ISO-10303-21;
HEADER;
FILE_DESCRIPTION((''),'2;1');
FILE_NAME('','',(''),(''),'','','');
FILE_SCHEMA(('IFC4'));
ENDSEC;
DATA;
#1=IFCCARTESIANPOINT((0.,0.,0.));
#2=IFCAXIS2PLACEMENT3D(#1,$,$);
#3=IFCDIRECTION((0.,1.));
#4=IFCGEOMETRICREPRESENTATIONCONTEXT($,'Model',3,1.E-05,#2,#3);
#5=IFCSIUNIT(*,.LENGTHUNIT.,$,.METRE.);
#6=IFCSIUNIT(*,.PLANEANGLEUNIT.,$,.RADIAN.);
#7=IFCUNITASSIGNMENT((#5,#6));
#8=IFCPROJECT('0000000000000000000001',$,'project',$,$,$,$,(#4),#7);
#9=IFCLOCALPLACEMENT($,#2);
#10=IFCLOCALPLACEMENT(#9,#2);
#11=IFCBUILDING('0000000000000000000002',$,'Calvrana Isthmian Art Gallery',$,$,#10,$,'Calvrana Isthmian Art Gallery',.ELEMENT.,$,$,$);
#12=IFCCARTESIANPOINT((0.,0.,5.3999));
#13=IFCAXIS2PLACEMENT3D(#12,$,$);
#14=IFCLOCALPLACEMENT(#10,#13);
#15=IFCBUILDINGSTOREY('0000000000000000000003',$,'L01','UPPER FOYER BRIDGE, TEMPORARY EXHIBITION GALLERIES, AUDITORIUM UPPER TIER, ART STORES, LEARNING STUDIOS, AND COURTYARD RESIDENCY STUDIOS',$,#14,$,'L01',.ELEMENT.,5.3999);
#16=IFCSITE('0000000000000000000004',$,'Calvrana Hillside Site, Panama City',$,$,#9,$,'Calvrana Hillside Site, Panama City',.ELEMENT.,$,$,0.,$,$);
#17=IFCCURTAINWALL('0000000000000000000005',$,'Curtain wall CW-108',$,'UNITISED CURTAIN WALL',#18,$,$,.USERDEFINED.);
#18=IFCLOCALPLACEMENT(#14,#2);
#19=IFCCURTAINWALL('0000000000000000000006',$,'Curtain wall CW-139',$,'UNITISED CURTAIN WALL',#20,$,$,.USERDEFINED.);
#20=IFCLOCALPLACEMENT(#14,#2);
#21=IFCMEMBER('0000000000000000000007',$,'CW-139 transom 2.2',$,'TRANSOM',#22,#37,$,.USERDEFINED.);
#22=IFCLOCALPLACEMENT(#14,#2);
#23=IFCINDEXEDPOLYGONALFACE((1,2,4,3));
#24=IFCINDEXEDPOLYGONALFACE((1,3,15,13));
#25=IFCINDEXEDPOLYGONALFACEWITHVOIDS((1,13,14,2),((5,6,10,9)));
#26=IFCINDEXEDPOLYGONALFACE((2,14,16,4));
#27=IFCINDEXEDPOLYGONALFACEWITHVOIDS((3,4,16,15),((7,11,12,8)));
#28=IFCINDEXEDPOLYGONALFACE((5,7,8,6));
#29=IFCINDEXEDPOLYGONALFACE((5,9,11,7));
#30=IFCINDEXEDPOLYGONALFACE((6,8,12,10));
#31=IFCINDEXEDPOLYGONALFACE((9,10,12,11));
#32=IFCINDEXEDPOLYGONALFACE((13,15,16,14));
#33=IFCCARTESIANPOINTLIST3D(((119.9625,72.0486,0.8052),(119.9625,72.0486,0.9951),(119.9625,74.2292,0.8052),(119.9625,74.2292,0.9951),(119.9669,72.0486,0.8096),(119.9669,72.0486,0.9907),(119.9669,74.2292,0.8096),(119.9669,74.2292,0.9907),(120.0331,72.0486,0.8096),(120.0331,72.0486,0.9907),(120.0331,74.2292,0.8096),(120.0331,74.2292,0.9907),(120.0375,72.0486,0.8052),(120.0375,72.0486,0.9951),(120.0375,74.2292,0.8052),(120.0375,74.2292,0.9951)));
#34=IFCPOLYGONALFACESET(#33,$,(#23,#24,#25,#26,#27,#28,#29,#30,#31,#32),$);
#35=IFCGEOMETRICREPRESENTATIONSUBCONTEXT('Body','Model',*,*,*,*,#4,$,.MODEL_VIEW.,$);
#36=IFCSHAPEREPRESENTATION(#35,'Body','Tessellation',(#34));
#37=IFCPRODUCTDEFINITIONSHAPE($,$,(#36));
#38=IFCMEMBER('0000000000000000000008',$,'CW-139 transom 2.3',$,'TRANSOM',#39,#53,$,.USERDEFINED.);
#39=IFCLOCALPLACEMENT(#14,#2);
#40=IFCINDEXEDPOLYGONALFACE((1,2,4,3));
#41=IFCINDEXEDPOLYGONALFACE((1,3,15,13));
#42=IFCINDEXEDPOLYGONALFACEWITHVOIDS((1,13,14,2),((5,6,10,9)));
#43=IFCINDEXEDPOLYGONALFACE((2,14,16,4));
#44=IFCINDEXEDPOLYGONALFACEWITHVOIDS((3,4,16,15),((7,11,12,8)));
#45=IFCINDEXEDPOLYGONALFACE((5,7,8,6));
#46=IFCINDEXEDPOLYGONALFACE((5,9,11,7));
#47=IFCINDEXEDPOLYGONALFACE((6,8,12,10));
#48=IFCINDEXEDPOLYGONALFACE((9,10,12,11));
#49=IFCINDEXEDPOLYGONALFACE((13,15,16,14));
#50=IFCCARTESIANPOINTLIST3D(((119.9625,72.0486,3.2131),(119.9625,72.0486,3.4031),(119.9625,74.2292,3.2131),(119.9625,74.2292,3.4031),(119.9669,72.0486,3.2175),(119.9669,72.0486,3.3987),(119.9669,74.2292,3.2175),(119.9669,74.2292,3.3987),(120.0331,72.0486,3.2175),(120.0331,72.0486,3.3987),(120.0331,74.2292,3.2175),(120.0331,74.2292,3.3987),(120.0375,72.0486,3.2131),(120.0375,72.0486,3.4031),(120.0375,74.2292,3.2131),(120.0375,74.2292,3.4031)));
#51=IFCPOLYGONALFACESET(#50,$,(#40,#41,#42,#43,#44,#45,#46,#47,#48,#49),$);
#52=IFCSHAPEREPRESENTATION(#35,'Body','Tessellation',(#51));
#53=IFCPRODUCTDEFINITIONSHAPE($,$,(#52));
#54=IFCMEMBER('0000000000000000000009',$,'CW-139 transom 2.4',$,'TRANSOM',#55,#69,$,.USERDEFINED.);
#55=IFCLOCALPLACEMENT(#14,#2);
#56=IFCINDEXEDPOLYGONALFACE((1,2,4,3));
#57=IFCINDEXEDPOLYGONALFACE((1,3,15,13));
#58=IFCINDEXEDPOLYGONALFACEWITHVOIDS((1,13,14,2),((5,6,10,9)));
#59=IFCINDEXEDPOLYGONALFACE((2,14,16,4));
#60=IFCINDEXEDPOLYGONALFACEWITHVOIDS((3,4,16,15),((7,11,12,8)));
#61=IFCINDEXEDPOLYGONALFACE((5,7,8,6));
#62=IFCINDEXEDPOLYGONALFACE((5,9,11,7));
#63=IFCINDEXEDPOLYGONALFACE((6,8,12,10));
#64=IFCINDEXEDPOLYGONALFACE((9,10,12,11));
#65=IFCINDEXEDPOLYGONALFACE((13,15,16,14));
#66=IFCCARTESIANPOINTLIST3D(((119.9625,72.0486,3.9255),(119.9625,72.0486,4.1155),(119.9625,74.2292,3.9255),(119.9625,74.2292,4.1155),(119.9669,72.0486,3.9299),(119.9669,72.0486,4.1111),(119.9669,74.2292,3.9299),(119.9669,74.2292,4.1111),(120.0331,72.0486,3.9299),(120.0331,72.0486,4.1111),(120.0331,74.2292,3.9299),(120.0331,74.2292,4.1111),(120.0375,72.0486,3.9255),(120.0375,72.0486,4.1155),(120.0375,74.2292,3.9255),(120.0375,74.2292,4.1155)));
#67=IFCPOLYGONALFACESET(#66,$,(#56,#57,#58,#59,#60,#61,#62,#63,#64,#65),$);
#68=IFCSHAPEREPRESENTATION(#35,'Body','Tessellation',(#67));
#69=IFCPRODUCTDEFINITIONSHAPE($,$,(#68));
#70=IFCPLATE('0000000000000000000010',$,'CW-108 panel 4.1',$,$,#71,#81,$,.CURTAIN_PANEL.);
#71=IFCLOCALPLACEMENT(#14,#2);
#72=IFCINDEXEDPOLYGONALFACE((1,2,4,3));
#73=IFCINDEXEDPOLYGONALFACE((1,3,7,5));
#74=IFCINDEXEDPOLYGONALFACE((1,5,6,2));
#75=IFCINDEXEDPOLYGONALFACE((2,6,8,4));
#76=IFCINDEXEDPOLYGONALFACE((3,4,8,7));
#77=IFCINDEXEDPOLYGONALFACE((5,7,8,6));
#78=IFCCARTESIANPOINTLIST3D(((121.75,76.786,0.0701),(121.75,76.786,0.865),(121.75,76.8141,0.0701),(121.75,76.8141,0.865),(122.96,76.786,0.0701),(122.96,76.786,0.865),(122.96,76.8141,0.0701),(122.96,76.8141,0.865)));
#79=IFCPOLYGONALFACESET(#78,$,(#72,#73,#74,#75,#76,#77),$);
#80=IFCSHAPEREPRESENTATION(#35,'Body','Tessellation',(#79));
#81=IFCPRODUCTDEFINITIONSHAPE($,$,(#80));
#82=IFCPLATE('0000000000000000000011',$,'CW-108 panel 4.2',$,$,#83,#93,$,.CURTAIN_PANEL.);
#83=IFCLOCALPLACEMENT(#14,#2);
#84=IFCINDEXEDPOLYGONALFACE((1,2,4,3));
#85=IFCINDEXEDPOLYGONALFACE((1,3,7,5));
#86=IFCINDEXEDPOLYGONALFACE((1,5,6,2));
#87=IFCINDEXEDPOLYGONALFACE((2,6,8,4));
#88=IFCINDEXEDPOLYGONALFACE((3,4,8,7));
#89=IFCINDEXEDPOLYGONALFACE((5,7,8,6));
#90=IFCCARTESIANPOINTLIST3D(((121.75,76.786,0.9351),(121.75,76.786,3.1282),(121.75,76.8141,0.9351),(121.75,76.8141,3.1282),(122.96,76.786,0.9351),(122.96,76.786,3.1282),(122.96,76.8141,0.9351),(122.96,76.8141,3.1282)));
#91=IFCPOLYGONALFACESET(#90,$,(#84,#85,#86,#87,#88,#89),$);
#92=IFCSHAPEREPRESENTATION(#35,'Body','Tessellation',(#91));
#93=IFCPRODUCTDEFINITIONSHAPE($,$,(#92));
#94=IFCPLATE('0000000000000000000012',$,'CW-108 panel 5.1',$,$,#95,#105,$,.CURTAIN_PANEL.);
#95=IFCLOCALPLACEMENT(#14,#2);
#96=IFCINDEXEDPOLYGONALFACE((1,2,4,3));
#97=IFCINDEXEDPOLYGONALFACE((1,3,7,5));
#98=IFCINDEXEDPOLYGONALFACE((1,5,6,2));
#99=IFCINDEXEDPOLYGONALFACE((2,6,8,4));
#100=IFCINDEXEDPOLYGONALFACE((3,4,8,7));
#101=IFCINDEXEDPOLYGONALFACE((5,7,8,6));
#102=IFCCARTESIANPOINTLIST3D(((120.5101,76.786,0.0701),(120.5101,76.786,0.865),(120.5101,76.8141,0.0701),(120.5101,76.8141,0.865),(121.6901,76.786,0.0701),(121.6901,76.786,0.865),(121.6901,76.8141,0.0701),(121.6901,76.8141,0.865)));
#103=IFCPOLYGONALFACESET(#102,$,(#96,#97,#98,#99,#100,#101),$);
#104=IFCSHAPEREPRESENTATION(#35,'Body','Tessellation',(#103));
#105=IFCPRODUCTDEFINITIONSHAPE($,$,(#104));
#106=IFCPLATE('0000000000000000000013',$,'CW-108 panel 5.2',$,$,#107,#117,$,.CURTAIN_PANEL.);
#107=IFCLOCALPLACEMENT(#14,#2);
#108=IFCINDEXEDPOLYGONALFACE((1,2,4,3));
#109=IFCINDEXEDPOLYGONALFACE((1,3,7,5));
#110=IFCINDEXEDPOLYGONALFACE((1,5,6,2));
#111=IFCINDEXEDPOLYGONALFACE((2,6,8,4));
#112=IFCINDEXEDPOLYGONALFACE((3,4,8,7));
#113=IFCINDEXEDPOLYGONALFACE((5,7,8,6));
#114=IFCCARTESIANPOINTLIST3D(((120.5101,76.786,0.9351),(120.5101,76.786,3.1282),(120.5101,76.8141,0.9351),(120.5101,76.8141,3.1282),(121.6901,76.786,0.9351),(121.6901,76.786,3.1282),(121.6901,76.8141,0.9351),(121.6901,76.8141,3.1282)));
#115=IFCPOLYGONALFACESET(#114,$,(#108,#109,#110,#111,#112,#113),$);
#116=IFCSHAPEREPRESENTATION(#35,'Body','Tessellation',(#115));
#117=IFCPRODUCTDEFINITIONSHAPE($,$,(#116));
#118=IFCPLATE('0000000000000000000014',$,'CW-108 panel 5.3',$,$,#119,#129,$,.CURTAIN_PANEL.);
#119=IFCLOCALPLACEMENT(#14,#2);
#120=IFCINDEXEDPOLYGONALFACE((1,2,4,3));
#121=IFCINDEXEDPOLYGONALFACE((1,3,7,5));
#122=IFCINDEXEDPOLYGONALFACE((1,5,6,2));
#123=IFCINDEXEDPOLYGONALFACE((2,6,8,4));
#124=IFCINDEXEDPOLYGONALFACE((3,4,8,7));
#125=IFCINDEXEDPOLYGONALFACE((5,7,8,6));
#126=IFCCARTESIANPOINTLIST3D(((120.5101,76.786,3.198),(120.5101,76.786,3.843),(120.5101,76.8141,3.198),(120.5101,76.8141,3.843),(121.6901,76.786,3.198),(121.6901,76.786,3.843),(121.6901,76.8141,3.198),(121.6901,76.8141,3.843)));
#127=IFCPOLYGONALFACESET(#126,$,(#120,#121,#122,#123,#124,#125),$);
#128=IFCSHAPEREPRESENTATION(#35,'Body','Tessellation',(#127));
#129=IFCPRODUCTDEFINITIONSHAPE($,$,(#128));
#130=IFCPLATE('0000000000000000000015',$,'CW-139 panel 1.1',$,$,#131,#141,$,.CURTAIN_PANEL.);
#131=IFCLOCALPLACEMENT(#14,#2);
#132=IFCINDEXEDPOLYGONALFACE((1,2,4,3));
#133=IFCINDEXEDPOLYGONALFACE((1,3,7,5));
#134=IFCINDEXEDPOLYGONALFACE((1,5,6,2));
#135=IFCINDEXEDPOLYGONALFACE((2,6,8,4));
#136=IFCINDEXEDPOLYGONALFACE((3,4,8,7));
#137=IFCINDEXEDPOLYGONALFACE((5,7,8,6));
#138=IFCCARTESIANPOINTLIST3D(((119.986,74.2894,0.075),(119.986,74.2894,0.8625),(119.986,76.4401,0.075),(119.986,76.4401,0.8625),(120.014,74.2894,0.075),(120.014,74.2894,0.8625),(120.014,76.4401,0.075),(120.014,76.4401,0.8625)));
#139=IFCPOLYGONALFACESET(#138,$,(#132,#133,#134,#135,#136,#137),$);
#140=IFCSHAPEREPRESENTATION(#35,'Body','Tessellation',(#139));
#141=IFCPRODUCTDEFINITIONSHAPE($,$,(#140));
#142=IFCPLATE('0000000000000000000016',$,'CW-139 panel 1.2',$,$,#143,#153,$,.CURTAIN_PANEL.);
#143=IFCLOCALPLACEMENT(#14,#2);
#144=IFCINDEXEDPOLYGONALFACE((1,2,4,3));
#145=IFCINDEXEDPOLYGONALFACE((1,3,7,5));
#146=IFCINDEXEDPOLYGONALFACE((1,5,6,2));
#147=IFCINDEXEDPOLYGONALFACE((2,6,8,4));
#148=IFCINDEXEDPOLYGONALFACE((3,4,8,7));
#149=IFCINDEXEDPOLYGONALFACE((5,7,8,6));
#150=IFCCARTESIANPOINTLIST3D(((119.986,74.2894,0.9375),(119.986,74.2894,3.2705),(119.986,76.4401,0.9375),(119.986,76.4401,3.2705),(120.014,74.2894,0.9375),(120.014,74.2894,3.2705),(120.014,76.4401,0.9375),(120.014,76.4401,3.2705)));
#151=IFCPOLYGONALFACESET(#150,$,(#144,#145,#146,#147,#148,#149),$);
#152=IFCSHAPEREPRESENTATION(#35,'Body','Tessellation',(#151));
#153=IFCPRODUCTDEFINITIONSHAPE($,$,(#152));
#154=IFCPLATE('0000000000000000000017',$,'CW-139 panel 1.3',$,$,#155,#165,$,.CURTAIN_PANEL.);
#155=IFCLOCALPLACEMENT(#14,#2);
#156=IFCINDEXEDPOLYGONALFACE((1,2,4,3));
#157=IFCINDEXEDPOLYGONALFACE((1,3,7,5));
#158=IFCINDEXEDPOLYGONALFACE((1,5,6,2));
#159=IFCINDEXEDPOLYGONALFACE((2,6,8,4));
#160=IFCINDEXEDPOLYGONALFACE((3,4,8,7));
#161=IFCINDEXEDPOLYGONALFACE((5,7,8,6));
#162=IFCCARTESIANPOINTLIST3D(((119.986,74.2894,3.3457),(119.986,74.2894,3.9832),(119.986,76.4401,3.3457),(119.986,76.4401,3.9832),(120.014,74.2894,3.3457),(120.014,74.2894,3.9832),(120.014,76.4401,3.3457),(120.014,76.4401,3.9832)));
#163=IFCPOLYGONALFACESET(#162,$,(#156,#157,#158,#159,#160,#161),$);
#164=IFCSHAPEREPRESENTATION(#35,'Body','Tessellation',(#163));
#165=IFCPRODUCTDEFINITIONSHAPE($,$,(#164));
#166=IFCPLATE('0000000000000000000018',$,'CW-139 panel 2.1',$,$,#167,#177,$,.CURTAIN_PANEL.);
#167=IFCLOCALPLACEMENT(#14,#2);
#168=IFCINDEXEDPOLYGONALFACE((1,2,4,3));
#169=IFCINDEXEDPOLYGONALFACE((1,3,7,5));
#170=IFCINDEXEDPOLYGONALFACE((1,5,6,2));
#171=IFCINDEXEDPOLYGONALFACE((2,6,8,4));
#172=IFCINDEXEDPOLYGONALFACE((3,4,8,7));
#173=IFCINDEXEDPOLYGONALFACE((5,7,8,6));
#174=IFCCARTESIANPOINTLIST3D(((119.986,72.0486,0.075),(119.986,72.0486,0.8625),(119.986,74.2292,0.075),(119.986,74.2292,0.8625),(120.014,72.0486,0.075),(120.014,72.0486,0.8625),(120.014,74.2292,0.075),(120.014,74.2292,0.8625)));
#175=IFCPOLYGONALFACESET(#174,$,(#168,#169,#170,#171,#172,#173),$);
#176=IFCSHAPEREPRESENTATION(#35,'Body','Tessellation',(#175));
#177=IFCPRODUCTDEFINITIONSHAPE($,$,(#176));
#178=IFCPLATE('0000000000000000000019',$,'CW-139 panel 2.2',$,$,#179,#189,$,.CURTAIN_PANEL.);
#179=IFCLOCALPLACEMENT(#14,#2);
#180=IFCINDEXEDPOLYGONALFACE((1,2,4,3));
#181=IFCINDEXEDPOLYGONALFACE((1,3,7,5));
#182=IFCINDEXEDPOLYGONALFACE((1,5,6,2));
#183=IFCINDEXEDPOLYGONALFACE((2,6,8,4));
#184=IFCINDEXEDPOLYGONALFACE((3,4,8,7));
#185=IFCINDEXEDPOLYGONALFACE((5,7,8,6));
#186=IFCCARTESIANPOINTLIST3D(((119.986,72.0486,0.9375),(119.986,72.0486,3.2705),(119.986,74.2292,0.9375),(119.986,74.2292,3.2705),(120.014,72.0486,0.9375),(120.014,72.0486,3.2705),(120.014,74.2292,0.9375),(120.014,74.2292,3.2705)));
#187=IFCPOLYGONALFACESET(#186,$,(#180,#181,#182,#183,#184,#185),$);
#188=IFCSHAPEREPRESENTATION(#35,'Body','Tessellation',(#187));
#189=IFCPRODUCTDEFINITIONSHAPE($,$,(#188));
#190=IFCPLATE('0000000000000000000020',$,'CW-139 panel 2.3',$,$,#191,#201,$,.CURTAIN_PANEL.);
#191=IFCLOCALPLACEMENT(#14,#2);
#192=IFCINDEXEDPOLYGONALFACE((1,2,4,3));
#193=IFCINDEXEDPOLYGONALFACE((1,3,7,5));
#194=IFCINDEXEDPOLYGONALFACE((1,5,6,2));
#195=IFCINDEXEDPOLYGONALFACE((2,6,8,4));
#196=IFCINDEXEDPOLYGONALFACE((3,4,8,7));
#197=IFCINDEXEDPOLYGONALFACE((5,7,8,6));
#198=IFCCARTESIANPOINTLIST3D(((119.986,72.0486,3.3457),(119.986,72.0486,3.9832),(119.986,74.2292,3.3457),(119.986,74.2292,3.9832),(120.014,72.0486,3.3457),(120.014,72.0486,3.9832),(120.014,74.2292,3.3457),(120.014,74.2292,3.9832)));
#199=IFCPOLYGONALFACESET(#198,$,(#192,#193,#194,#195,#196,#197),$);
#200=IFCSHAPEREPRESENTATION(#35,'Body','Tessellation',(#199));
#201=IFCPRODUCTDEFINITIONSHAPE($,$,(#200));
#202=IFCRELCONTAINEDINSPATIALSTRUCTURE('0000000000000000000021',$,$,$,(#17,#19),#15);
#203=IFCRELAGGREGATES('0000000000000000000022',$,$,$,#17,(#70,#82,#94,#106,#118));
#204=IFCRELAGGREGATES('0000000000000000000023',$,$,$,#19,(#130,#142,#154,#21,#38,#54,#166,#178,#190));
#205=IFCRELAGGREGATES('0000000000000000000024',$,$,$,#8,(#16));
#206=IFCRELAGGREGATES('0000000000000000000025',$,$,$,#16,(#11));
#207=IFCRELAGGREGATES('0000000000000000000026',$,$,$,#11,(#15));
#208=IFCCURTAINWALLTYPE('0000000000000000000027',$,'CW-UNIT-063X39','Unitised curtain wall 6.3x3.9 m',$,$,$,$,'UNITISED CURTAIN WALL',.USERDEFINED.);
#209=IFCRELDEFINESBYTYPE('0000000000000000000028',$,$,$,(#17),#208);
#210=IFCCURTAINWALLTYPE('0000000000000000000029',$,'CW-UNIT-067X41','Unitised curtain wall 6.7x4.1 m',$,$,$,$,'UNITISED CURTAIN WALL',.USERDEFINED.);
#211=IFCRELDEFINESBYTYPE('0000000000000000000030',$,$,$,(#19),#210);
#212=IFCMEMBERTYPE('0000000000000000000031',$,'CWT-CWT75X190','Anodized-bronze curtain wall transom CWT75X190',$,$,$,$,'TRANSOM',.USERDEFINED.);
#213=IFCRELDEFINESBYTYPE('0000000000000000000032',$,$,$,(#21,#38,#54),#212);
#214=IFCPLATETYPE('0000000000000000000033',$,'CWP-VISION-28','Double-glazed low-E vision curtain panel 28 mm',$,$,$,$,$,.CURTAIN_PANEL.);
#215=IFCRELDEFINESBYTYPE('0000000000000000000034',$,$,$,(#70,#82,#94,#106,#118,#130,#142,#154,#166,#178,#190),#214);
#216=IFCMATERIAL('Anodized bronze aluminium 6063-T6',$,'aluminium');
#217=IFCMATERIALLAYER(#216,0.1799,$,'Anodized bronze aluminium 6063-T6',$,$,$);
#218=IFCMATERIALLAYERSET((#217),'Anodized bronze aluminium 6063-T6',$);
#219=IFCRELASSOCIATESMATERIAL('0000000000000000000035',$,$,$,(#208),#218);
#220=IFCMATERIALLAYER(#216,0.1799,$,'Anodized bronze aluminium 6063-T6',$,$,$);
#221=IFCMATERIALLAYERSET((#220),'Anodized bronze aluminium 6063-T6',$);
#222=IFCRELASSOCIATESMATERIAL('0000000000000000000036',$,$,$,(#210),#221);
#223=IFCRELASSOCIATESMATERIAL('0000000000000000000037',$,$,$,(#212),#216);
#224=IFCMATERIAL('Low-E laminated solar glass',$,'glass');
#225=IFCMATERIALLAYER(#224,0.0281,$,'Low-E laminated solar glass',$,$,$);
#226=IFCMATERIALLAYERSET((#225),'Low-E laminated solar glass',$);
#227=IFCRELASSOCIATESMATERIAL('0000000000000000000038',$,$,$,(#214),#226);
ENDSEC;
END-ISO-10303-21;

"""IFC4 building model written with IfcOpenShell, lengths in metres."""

from ifc_helpers import new_model, si_unit, direction, frame, origin, origin_2d, place, context, subcontext, project, spatial, rectangle, hollow_rectangle, extrude, material, layer, layer_set, material_profile, profile_set, type_object, element, aggregate, save


model = new_model("IFC4")

# Units and contexts
model_context = context("Model", 3, precision=1e-05, world=origin(), true_north=direction((0.0, 1.0)))
body_context = subcontext(model_context, "Body", "Model", "MODEL_VIEW")
ifc_project = project(units=[si_unit("LENGTHUNIT", "METRE"), si_unit("PLANEANGLEUNIT", "RADIAN")], contexts=[model_context])

# Site, building, storey
site_placement = place(None, origin())
site = spatial("IfcSite", under=ifc_project, at=site_placement, Name="Calvrana Hillside Site, Panama City", LongName="Calvrana Hillside Site, Panama City", CompositionType="ELEMENT", RefElevation=0.0)
building_placement = place(site_placement, origin())
building = spatial("IfcBuilding", under=site, at=building_placement, Name="Calvrana Isthmian Art Gallery", LongName="Calvrana Isthmian Art Gallery", CompositionType="ELEMENT")
storey_placement = place(building_placement, frame((0.0, 0.0, 5.3999)))
storey = spatial("IfcBuildingStorey", under=building, at=storey_placement, Name="L01", Description="UPPER FOYER BRIDGE, TEMPORARY EXHIBITION GALLERIES, AUDITORIUM UPPER TIER, ART STORES, LEARNING STUDIOS, AND COURTYARD RESIDENCY STUDIOS", LongName="L01", CompositionType="ELEMENT", Elevation=5.3999)

# Curtain walls
ifc_material_1 = material(Name="Anodized bronze aluminium 6063-T6", Category="aluminium")
ifc_layer_1 = layer(ifc_material_1, 0.1799, Name="Anodized bronze aluminium 6063-T6")
ifc_layer_set_1 = layer_set([ifc_layer_1], Name="Anodized bronze aluminium 6063-T6")
curtain_wall_type_1 = type_object("IfcCurtainWallType", Name="CW-UNIT-063X39", Description="Unitised curtain wall 6.3x3.9 m", ElementType="UNITISED CURTAIN WALL", PredefinedType="USERDEFINED", material=ifc_layer_set_1)
curtain_wall_1_placement = place(storey_placement, origin())
curtain_wall_1 = element("IfcCurtainWall", 1, at=curtain_wall_1_placement, inside=storey, type_object=curtain_wall_type_1, Name="Curtain wall CW-108", ObjectType="UNITISED CURTAIN WALL", PredefinedType="USERDEFINED")
ifc_layer_2 = layer(ifc_material_1, 0.1799, Name="Anodized bronze aluminium 6063-T6")
ifc_layer_set_2 = layer_set([ifc_layer_2], Name="Anodized bronze aluminium 6063-T6")
curtain_wall_type_2 = type_object("IfcCurtainWallType", Name="CW-UNIT-067X41", Description="Unitised curtain wall 6.7x4.1 m", ElementType="UNITISED CURTAIN WALL", PredefinedType="USERDEFINED", material=ifc_layer_set_2)
curtain_wall_2_placement = place(storey_placement, origin())
curtain_wall_2 = element("IfcCurtainWall", 2, at=curtain_wall_2_placement, inside=storey, type_object=curtain_wall_type_2, Name="Curtain wall CW-139", ObjectType="UNITISED CURTAIN WALL", PredefinedType="USERDEFINED")

# Members
ifc_material_profile_1 = material_profile(ifc_material_1, hollow_rectangle(XDim=0.075, YDim=0.1899, WallThickness=0.0044, at=origin_2d()), Name="CWT75X190")
ifc_profile_set_1 = profile_set([ifc_material_profile_1], Name="Anodized bronze aluminium 6063-T6")
member_type_1 = type_object("IfcMemberType", Name="CWT-CWT75X190", Description="Anodized-bronze curtain wall transom CWT75X190", ElementType="TRANSOM", PredefinedType="USERDEFINED", material=ifc_profile_set_1)
member_1_placement = place(storey_placement, frame((120.0, 74.2292, 0.9001), z_axis=(0.0, -1.0, 0.0), x_axis=(1.0, 0.0, 0.0)))
member_1 = element("IfcMember", 3, at=member_1_placement, type_object=member_type_1, Name="CW-139 transom 2.2", ObjectType="TRANSOM", PredefinedType="USERDEFINED", context=body_context, shape_type="SweptSolid", body=[
    extrude(hollow_rectangle(XDim=0.075, YDim=0.1899, WallThickness=0.0044, at=origin_2d()), origin(), (0.0, 0.0, 1.0), 2.1807),
])
member_2_placement = place(storey_placement, frame((120.0, 74.2292, 3.3081), z_axis=(0.0, -1.0, 0.0), x_axis=(1.0, 0.0, 0.0)))
member_2 = element("IfcMember", 4, at=member_2_placement, type_object=member_type_1, Name="CW-139 transom 2.3", ObjectType="TRANSOM", PredefinedType="USERDEFINED", context=body_context, shape_type="SweptSolid", body=[
    extrude(hollow_rectangle(XDim=0.075, YDim=0.1899, WallThickness=0.0044, at=origin_2d()), origin(), (0.0, 0.0, 1.0), 2.1807),
])
member_3_placement = place(storey_placement, frame((120.0, 74.2292, 4.0205), z_axis=(0.0, -1.0, 0.0), x_axis=(1.0, 0.0, 0.0)))
member_3 = element("IfcMember", 5, at=member_3_placement, type_object=member_type_1, Name="CW-139 transom 2.4", ObjectType="TRANSOM", PredefinedType="USERDEFINED", context=body_context, shape_type="SweptSolid", body=[
    extrude(hollow_rectangle(XDim=0.075, YDim=0.1899, WallThickness=0.0044, at=origin_2d()), origin(), (0.0, 0.0, 1.0), 2.1807),
])

# Plates
ifc_material_2 = material(Name="Low-E laminated solar glass", Category="glass")
ifc_layer_3 = layer(ifc_material_2, 0.0281, Name="Low-E laminated solar glass")
ifc_layer_set_3 = layer_set([ifc_layer_3], Name="Low-E laminated solar glass")
plate_type = type_object("IfcPlateType", Name="CWP-VISION-28", Description="Double-glazed low-E vision curtain panel 28 mm", PredefinedType="CURTAIN_PANEL", material=ifc_layer_set_3)
plate_1_placement = place(storey_placement, frame((122.355, 76.8, 0.0701), z_axis=(0.0, 0.0, 1.0), x_axis=(-1.0, 0.0, 0.0)))
plate_1 = element("IfcPlate", 6, at=plate_1_placement, type_object=plate_type, Name="CW-108 panel 4.1", PredefinedType="CURTAIN_PANEL", context=body_context, shape_type="SweptSolid", body=[
    extrude(rectangle(XDim=1.21, YDim=0.0281, at=origin_2d()), origin(), (0.0, 0.0, 1.0), 0.7949),
])
plate_2_placement = place(storey_placement, frame((122.355, 76.8, 0.9351), z_axis=(0.0, 0.0, 1.0), x_axis=(-1.0, 0.0, 0.0)))
plate_2 = element("IfcPlate", 7, at=plate_2_placement, type_object=plate_type, Name="CW-108 panel 4.2", PredefinedType="CURTAIN_PANEL", context=body_context, shape_type="SweptSolid", body=[
    extrude(rectangle(XDim=1.21, YDim=0.0281, at=origin_2d()), origin(), (0.0, 0.0, 1.0), 2.1931),
])
plate_3_placement = place(storey_placement, frame((121.1001, 76.8, 0.0701), z_axis=(0.0, 0.0, 1.0), x_axis=(-1.0, 0.0, 0.0)))
plate_3 = element("IfcPlate", 8, at=plate_3_placement, type_object=plate_type, Name="CW-108 panel 5.1", PredefinedType="CURTAIN_PANEL", context=body_context, shape_type="SweptSolid", body=[
    extrude(rectangle(XDim=1.1799, YDim=0.0281, at=origin_2d()), origin(), (0.0, 0.0, 1.0), 0.7949),
])
plate_4_placement = place(storey_placement, frame((121.1001, 76.8, 0.9351), z_axis=(0.0, 0.0, 1.0), x_axis=(-1.0, 0.0, 0.0)))
plate_4 = element("IfcPlate", 9, at=plate_4_placement, type_object=plate_type, Name="CW-108 panel 5.2", PredefinedType="CURTAIN_PANEL", context=body_context, shape_type="SweptSolid", body=[
    extrude(rectangle(XDim=1.1799, YDim=0.0281, at=origin_2d()), origin(), (0.0, 0.0, 1.0), 2.1931),
])
plate_5_placement = place(storey_placement, frame((121.1001, 76.8, 3.198), z_axis=(0.0, 0.0, 1.0), x_axis=(-1.0, 0.0, 0.0)))
plate_5 = element("IfcPlate", 10, at=plate_5_placement, type_object=plate_type, Name="CW-108 panel 5.3", PredefinedType="CURTAIN_PANEL", context=body_context, shape_type="SweptSolid", body=[
    extrude(rectangle(XDim=1.1799, YDim=0.0281, at=origin_2d()), origin(), (0.0, 0.0, 1.0), 0.645),
])
aggregate(curtain_wall_1, [plate_1, plate_2, plate_3, plate_4, plate_5])
plate_6_placement = place(storey_placement, frame((120.0, 75.3647, 0.075), z_axis=(0.0, 0.0, 1.0), x_axis=(0.0, -1.0, 0.0)))
plate_6 = element("IfcPlate", 11, at=plate_6_placement, type_object=plate_type, Name="CW-139 panel 1.1", PredefinedType="CURTAIN_PANEL", context=body_context, shape_type="SweptSolid", body=[
    extrude(rectangle(XDim=2.1506, YDim=0.0281, at=origin_2d()), origin(), (0.0, 0.0, 1.0), 0.7876),
])
plate_7_placement = place(storey_placement, frame((120.0, 75.3647, 0.9375), z_axis=(0.0, 0.0, 1.0), x_axis=(0.0, -1.0, 0.0)))
plate_7 = element("IfcPlate", 12, at=plate_7_placement, type_object=plate_type, Name="CW-139 panel 1.2", PredefinedType="CURTAIN_PANEL", context=body_context, shape_type="SweptSolid", body=[
    extrude(rectangle(XDim=2.1506, YDim=0.0281, at=origin_2d()), origin(), (0.0, 0.0, 1.0), 2.333),
])
plate_8_placement = place(storey_placement, frame((120.0, 75.3647, 3.3457), z_axis=(0.0, 0.0, 1.0), x_axis=(0.0, -1.0, 0.0)))
plate_8 = element("IfcPlate", 13, at=plate_8_placement, type_object=plate_type, Name="CW-139 panel 1.3", PredefinedType="CURTAIN_PANEL", context=body_context, shape_type="SweptSolid", body=[
    extrude(rectangle(XDim=2.1506, YDim=0.0281, at=origin_2d()), origin(), (0.0, 0.0, 1.0), 0.6375),
])
plate_9_placement = place(storey_placement, frame((120.0, 73.1389, 0.075), z_axis=(0.0, 0.0, 1.0), x_axis=(0.0, -1.0, 0.0)))
plate_9 = element("IfcPlate", 14, at=plate_9_placement, type_object=plate_type, Name="CW-139 panel 2.1", PredefinedType="CURTAIN_PANEL", context=body_context, shape_type="SweptSolid", body=[
    extrude(rectangle(XDim=2.1807, YDim=0.0281, at=origin_2d()), origin(), (0.0, 0.0, 1.0), 0.7876),
])
plate_10_placement = place(storey_placement, frame((120.0, 73.1389, 0.9375), z_axis=(0.0, 0.0, 1.0), x_axis=(0.0, -1.0, 0.0)))
plate_10 = element("IfcPlate", 15, at=plate_10_placement, type_object=plate_type, Name="CW-139 panel 2.2", PredefinedType="CURTAIN_PANEL", context=body_context, shape_type="SweptSolid", body=[
    extrude(rectangle(XDim=2.1807, YDim=0.0281, at=origin_2d()), origin(), (0.0, 0.0, 1.0), 2.333),
])
plate_11_placement = place(storey_placement, frame((120.0, 73.1389, 3.3457), z_axis=(0.0, 0.0, 1.0), x_axis=(0.0, -1.0, 0.0)))
plate_11 = element("IfcPlate", 16, at=plate_11_placement, type_object=plate_type, Name="CW-139 panel 2.3", PredefinedType="CURTAIN_PANEL", context=body_context, shape_type="SweptSolid", body=[
    extrude(rectangle(XDim=2.1807, YDim=0.0281, at=origin_2d()), origin(), (0.0, 0.0, 1.0), 0.6375),
])
aggregate(curtain_wall_2, [plate_6, plate_7, plate_8, member_1, member_2, member_3, plate_9, plate_10, plate_11])

save(model, "model.ifc")
